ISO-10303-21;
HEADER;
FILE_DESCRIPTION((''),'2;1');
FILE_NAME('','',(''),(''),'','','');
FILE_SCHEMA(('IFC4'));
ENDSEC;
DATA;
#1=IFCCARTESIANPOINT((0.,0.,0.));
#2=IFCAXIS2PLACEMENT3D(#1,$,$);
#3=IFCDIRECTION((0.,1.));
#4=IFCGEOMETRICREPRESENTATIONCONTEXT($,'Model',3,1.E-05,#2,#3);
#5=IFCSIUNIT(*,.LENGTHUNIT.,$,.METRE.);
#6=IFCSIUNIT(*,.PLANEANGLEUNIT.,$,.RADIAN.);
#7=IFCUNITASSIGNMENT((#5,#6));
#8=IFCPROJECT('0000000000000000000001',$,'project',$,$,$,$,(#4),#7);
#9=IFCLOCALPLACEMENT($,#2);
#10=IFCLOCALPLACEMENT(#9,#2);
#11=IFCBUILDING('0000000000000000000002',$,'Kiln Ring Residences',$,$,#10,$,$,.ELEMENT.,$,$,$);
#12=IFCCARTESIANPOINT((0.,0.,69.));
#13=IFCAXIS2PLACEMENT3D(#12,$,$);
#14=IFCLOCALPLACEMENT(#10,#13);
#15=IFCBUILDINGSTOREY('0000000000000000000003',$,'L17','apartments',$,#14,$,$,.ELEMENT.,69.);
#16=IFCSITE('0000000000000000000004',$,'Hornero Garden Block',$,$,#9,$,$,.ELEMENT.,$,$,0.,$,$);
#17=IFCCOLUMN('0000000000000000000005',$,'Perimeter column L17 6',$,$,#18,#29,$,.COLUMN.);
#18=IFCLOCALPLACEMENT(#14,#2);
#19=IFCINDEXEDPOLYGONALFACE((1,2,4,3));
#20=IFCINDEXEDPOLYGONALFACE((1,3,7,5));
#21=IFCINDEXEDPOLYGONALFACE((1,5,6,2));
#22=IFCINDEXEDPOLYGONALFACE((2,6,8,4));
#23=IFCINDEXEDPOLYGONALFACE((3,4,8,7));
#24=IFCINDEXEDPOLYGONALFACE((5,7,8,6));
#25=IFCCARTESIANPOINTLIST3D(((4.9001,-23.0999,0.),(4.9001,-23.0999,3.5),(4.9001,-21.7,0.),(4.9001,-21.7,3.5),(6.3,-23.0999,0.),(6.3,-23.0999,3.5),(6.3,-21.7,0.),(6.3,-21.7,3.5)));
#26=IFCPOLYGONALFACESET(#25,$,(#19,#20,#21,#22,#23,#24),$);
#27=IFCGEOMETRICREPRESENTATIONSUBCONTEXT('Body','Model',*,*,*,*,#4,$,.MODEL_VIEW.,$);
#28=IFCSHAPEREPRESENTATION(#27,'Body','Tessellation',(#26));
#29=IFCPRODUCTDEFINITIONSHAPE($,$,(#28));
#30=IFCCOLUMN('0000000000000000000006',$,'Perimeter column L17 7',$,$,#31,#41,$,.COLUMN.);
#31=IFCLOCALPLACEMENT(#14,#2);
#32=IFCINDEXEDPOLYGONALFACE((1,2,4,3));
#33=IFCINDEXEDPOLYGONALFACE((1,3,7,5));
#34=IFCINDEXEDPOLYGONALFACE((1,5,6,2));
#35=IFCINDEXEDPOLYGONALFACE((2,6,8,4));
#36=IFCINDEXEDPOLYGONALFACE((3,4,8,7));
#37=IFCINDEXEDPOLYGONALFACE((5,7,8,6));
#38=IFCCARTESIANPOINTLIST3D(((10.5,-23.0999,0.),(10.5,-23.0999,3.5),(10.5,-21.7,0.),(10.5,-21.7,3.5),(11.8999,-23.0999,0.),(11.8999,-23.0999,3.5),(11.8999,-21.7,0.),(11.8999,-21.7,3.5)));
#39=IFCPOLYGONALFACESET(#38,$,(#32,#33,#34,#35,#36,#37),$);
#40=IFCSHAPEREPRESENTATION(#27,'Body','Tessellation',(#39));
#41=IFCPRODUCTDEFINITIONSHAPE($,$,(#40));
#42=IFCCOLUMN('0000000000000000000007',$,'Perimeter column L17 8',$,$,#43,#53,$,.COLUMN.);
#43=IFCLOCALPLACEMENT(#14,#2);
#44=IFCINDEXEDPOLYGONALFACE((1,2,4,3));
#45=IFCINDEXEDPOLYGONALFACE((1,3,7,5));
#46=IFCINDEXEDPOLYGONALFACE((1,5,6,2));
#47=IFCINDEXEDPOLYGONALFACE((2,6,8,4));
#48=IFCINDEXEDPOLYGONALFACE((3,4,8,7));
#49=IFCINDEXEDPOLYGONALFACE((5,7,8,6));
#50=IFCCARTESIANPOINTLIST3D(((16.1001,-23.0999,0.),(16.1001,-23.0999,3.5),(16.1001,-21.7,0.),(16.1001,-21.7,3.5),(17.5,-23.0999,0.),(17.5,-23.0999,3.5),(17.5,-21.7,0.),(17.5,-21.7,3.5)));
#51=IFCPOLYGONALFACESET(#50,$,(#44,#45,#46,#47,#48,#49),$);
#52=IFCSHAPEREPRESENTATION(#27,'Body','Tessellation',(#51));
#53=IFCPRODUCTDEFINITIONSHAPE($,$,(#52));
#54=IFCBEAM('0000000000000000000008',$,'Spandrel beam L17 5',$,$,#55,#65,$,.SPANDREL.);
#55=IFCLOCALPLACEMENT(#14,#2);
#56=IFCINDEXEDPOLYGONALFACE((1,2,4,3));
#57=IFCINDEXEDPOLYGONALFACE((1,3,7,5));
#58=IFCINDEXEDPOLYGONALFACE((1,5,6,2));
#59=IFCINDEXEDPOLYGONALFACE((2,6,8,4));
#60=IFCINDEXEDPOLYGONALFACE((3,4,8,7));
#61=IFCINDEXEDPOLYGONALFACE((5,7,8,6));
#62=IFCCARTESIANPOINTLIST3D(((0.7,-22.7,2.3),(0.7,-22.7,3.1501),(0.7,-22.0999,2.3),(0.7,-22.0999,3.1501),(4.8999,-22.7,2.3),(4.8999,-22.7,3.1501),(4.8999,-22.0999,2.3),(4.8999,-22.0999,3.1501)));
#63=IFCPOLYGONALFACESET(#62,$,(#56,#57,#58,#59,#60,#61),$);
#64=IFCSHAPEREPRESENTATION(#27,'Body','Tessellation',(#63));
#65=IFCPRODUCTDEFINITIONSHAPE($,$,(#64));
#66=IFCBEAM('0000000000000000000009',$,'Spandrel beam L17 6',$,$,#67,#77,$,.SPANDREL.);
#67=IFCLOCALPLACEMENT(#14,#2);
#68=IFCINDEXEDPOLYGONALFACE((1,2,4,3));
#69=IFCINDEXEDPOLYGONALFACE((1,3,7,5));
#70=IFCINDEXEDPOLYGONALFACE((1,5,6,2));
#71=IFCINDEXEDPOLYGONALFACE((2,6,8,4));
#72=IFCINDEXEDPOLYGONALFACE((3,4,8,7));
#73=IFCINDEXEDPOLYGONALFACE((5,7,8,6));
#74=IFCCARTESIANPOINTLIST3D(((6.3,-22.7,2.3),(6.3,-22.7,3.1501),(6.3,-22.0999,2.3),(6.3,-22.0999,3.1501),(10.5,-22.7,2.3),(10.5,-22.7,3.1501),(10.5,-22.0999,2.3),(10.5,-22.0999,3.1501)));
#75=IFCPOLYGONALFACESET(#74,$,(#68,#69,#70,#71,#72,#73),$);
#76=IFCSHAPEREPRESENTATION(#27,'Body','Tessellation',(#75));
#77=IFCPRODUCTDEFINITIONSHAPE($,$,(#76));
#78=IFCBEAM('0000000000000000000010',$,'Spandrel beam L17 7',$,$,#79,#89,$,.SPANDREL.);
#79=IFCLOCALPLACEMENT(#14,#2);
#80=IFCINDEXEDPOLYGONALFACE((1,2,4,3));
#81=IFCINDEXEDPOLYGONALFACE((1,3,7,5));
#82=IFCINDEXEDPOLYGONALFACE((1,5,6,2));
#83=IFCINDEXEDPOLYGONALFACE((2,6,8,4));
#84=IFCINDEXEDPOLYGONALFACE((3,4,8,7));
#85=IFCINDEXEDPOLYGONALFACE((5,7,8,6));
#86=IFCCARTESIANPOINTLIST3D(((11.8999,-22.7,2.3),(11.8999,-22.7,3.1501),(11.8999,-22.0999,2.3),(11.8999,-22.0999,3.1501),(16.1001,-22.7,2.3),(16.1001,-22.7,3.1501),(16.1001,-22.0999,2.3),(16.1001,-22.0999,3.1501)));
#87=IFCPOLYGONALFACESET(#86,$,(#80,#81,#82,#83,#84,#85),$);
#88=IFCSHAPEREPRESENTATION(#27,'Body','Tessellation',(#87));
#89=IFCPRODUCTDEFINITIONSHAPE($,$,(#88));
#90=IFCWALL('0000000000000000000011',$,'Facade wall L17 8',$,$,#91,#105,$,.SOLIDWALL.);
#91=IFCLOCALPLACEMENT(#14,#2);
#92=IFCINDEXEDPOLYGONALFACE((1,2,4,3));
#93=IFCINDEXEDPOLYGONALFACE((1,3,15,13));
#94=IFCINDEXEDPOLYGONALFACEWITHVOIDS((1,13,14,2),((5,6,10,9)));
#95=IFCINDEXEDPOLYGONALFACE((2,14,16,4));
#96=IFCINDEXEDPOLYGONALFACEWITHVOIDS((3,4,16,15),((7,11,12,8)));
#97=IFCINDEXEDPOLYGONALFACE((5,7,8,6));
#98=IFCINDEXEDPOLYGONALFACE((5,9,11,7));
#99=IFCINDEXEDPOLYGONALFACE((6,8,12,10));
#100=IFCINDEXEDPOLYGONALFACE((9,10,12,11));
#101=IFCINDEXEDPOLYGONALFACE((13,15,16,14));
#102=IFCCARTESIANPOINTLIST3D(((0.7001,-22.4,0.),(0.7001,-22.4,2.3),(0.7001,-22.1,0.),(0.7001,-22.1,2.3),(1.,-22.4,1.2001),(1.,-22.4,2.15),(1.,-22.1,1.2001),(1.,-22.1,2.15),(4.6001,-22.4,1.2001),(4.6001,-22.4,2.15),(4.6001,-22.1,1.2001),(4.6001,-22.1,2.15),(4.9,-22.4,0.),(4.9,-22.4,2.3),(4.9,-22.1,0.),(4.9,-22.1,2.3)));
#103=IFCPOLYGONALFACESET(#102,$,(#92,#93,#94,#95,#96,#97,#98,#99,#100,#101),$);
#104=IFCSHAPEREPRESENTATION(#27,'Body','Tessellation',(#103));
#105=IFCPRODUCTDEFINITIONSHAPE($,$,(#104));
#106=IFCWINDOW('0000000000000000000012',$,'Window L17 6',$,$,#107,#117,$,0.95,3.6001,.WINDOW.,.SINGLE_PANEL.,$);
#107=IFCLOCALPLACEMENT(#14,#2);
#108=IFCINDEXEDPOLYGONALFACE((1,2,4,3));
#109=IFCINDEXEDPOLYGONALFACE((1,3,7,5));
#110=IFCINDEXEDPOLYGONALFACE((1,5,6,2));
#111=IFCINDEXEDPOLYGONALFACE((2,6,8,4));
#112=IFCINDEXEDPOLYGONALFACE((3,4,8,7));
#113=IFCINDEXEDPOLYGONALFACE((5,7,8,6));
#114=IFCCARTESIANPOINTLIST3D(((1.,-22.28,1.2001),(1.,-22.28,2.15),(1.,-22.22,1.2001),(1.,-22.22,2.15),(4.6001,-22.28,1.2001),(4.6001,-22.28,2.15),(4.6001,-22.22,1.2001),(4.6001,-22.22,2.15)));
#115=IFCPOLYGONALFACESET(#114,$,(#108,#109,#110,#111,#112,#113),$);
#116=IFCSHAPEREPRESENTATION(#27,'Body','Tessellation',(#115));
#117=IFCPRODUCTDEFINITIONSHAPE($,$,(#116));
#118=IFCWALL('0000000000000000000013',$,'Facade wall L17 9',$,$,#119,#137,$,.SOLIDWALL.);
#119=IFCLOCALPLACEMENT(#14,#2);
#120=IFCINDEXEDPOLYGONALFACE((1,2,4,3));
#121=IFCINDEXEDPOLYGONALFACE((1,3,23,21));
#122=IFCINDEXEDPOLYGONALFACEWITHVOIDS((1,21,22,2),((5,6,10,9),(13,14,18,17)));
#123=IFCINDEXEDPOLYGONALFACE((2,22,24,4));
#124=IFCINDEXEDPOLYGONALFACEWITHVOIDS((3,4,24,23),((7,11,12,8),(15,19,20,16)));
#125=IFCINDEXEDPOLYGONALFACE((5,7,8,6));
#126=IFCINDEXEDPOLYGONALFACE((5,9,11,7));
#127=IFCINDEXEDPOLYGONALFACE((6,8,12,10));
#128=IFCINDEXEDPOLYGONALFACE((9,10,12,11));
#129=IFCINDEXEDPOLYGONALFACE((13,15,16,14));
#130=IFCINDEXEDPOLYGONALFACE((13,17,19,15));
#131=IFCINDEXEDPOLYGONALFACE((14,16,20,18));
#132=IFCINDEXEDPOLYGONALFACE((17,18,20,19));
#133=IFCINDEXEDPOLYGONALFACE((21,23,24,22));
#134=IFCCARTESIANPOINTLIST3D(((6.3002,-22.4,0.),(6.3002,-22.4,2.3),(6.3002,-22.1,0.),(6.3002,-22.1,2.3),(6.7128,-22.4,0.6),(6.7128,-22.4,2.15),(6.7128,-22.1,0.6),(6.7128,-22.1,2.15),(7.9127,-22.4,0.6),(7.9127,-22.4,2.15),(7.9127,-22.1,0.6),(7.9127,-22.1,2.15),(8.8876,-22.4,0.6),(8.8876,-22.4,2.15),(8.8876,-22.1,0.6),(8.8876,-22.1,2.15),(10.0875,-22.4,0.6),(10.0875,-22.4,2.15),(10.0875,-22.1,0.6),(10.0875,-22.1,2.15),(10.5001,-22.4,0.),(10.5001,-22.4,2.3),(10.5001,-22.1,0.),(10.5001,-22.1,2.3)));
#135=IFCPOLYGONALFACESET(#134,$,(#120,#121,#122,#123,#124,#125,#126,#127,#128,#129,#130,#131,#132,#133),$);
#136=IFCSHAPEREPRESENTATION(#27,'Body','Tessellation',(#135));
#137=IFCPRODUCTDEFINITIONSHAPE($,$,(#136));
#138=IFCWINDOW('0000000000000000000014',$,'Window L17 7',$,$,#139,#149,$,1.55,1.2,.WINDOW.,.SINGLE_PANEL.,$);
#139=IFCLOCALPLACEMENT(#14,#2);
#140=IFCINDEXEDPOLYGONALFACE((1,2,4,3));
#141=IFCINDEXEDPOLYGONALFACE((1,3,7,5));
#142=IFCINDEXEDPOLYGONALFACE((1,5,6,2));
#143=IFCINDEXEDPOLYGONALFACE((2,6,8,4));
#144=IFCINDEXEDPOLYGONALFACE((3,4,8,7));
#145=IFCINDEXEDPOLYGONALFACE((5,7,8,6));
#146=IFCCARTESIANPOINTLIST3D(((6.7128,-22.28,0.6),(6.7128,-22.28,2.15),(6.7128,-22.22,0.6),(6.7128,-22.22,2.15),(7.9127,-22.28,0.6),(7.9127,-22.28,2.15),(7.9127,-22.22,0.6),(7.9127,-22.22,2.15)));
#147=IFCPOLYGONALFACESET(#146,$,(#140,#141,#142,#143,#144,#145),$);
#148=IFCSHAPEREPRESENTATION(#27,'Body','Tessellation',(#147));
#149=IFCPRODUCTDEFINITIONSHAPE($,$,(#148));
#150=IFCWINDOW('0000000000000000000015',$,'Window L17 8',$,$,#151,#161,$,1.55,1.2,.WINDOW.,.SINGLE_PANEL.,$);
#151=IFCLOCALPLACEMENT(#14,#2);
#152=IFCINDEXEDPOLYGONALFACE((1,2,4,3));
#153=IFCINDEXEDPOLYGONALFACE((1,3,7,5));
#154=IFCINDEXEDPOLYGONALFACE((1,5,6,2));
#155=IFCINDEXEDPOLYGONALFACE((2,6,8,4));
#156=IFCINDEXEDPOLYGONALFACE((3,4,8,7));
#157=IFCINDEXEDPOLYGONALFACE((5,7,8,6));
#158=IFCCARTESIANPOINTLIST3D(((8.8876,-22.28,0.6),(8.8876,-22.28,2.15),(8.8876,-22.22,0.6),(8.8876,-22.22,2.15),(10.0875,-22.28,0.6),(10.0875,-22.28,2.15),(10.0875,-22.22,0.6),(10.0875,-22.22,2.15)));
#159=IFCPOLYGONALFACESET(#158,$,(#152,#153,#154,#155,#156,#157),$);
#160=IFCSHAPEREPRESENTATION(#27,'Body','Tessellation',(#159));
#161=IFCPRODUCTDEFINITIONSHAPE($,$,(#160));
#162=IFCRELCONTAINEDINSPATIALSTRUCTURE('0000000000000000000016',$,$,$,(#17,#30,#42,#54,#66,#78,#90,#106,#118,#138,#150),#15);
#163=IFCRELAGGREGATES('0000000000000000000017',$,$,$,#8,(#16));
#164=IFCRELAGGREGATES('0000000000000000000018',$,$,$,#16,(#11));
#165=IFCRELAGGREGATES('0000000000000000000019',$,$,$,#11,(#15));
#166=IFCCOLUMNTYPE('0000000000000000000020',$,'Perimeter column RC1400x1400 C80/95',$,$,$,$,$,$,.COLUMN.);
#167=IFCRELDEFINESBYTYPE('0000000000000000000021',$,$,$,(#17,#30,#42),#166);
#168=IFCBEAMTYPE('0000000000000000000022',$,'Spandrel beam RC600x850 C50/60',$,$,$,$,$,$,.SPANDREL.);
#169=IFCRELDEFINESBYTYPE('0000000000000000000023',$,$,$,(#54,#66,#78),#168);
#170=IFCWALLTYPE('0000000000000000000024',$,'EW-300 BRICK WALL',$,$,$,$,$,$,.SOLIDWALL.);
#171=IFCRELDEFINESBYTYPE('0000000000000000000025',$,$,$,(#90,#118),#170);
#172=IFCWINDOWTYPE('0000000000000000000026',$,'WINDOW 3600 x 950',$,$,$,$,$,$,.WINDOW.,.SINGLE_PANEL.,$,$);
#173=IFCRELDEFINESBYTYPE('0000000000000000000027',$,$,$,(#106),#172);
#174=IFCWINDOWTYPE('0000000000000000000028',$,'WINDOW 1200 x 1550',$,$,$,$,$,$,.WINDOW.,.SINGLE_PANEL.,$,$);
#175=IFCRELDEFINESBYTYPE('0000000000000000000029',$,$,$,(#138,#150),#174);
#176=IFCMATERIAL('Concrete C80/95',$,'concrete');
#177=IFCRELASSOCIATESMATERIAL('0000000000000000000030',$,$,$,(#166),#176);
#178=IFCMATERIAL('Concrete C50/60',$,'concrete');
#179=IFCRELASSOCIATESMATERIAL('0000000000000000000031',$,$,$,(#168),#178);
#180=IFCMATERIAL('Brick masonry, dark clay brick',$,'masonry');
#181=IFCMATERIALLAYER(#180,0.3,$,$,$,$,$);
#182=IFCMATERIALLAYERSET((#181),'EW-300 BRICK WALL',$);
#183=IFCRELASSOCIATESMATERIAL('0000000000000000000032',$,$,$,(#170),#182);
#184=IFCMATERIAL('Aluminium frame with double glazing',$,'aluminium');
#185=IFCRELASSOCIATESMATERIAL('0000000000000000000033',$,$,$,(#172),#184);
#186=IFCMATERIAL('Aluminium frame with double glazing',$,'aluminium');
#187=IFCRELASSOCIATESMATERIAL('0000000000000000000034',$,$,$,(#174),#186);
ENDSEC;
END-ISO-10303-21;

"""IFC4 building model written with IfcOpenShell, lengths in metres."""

from ifc_helpers import new_model, si_unit, direction, frame, frame_2d, origin, origin_2d, place, context, subcontext, project, spatial, rectangle, extrude, material, layer, layer_set, material_profile, profile_set, type_object, element, fill, save


model = new_model("IFC4")

# Units and contexts
model_context = context("Model", 3, precision=1e-05, world=origin(), true_north=direction((0.0, 1.0)))
body_context = subcontext(model_context, "Body", "Model", "MODEL_VIEW")
ifc_project = project(units=[si_unit("LENGTHUNIT", "METRE"), si_unit("PLANEANGLEUNIT", "RADIAN")], contexts=[model_context])

# Site, building, storey
site_placement = place(None, origin())
site = spatial("IfcSite", under=ifc_project, at=site_placement, Name="Hornero Garden Block", CompositionType="ELEMENT", RefElevation=0.0)
building_placement = place(site_placement, origin())
building = spatial("IfcBuilding", under=site, at=building_placement, Name="Kiln Ring Residences", CompositionType="ELEMENT")
storey_placement = place(building_placement, frame((0.0, 0.0, 69.0)))
storey = spatial("IfcBuildingStorey", under=building, at=storey_placement, Name="L17", Description="apartments", CompositionType="ELEMENT", Elevation=69.0)

# Columns
ifc_material_1 = material(Name="Concrete C80/95", Category="concrete")
ifc_material_profile_1 = material_profile(ifc_material_1, rectangle(XDim=1.3999, YDim=1.3999, at=origin_2d()), Name="RC1400x1400")
ifc_profile_set_1 = profile_set([ifc_material_profile_1], Name="Concrete C80/95")
column_type = type_object("IfcColumnType", Name="Perimeter column RC1400x1400 C80/95", PredefinedType="COLUMN", material=ifc_profile_set_1)
for number, where, z_axis, x_axis, name in (
    (1, (5.6001, -22.3999, 0.0), (0.0, 0.0, 1.0), (1.0, 0.0, 0.0), "Perimeter column L17 6"),
    (2, (11.2, -22.3999, 0.0), (0.0, 0.0, 1.0), (1.0, 0.0, 0.0), "Perimeter column L17 7"),
    (3, (16.8, -22.3999, 0.0), (0.0, 0.0, 1.0), (1.0, 0.0, 0.0), "Perimeter column L17 8"),
):
    element("IfcColumn", number, at=place(storey_placement, frame(where, z_axis=z_axis, x_axis=x_axis)), inside=storey, type_object=column_type, Name=name, PredefinedType="COLUMN", context=body_context, shape_type="SweptSolid", body=[
        extrude(rectangle(XDim=1.3999, YDim=1.3999, at=origin_2d()), origin(), (0.0, 0.0, 1.0), 3.5),
    ])

# Beams
ifc_material_2 = material(Name="Concrete C50/60", Category="concrete")
ifc_material_profile_2 = material_profile(ifc_material_2, rectangle(XDim=0.6001, YDim=0.8501, at=origin_2d()), Name="RC600x850")
ifc_profile_set_2 = profile_set([ifc_material_profile_2], Name="Concrete C50/60")
beam_type = type_object("IfcBeamType", Name="Spandrel beam RC600x850 C50/60", PredefinedType="SPANDREL", material=ifc_profile_set_2)
for number, where, z_axis, x_axis, name in (
    (4, (0.7, -22.3999, 2.7251), (1.0, 0.0, 0.0), (0.0, 1.0, 0.0), "Spandrel beam L17 5"),
    (5, (6.3, -22.3999, 2.7251), (1.0, 0.0, 0.0), (0.0, 1.0, 0.0), "Spandrel beam L17 6"),
):
    element("IfcBeam", number, at=place(storey_placement, frame(where, z_axis=z_axis, x_axis=x_axis)), inside=storey, type_object=beam_type, Name=name, PredefinedType="SPANDREL", context=body_context, shape_type="SweptSolid", body=[
        extrude(rectangle(XDim=0.6001, YDim=0.8501, at=origin_2d()), origin(), (0.0, 0.0, 1.0), 4.2),
    ])
beam_placement = place(storey_placement, frame((11.8999, -22.3999, 2.7251), z_axis=(1.0, 0.0, 0.0), x_axis=(0.0, 1.0, 0.0)))
element("IfcBeam", 6, at=beam_placement, inside=storey, type_object=beam_type, Name="Spandrel beam L17 7", PredefinedType="SPANDREL", context=body_context, shape_type="SweptSolid", body=[
    extrude(rectangle(XDim=0.6001, YDim=0.8501, at=origin_2d()), origin(), (0.0, 0.0, 1.0), 4.2002),
])

# Wall, opening, window
ifc_material_3 = material(Name="Brick masonry, dark clay brick", Category="masonry")
ifc_layer_1 = layer(ifc_material_3, 0.3)
ifc_layer_set_1 = layer_set([ifc_layer_1], Name="EW-300 BRICK WALL")
wall_type_1 = type_object("IfcWallType", Name="EW-300 BRICK WALL", PredefinedType="SOLIDWALL", material=ifc_layer_set_1)
wall_1_placement = place(storey_placement, frame((0.7, -22.25, 0.0), z_axis=(0.0, 0.0, 1.0), x_axis=(1.0, 0.0, 0.0)))
wall_1 = element("IfcWall", 7, at=wall_1_placement, inside=storey, type_object=wall_type_1, Name="Facade wall L17 8", PredefinedType="SOLIDWALL", context=body_context, shape_type="SweptSolid", body=[
    extrude(rectangle(XDim=4.2, YDim=0.3, at=frame_2d((2.1001, 0.0))), origin(), (0.0, 0.0, 1.0), 2.3),
])
opening_1_placement = place(wall_1_placement, frame((0.3, 0.0, 1.2)))
opening_1 = element("IfcOpeningElement", 8, at=opening_1_placement, cuts=wall_1, PredefinedType="OPENING", context=body_context, shape_type="SweptSolid", body=[
    extrude(rectangle(XDim=3.6001, YDim=0.95, at=frame_2d((1.8, 0.4751))), frame((0.0, 0.1599, 0.0), z_axis=(0.0, -1.0, 0.0), x_axis=(1.0, 0.0, 0.0)), (0.0, 0.0, 1.0), 0.3201),
])
ifc_material_4 = material(Name="Aluminium frame with double glazing", Category="aluminium")
window_type_1 = type_object("IfcWindowType", Name="WINDOW 3600 x 950", PartitioningType="SINGLE_PANEL", PredefinedType="WINDOW", material=ifc_material_4)
window_1_placement = place(opening_1_placement, origin())
window_1 = element("IfcWindow", 9, at=window_1_placement, inside=storey, type_object=window_type_1, Name="Window L17 6", OverallHeight=0.95, OverallWidth=3.6001, PartitioningType="SINGLE_PANEL", PredefinedType="WINDOW", context=body_context, shape_type="SweptSolid", body=[
    extrude(rectangle(XDim=3.6001, YDim=0.95, at=frame_2d((1.8, 0.4751))), frame((0.0, 0.03, 0.0), z_axis=(0.0, -1.0, 0.0), x_axis=(1.0, 0.0, 0.0)), (0.0, 0.0, 1.0), 0.0601),
])
fill(opening_1, window_1)

# Wall, openings, windows
wall_2_placement = place(storey_placement, frame((6.3, -22.25, 0.0), z_axis=(0.0, 0.0, 1.0), x_axis=(1.0, 0.0, 0.0)))
wall_2 = element("IfcWall", 10, at=wall_2_placement, inside=storey, type_object=wall_type_1, Name="Facade wall L17 9", PredefinedType="SOLIDWALL", context=body_context, shape_type="SweptSolid", body=[
    extrude(rectangle(XDim=4.2, YDim=0.3, at=frame_2d((2.1001, 0.0))), origin(), (0.0, 0.0, 1.0), 2.3),
])
opening_2_placement = place(wall_2_placement, frame((0.4126, 0.0, 0.6001)))
opening_2 = element("IfcOpeningElement", 11, at=opening_2_placement, cuts=wall_2, PredefinedType="OPENING", context=body_context, shape_type="SweptSolid", body=[
    extrude(rectangle(XDim=1.2, YDim=1.55, at=frame_2d((0.6001, 0.7749))), frame((0.0, 0.1599, 0.0), z_axis=(0.0, -1.0, 0.0), x_axis=(1.0, 0.0, 0.0)), (0.0, 0.0, 1.0), 0.3201),
])
opening_3_placement = place(wall_2_placement, frame((2.5874, 0.0, 0.6001)))
opening_3 = element("IfcOpeningElement", 12, at=opening_3_placement, cuts=wall_2, PredefinedType="OPENING", context=body_context, shape_type="SweptSolid", body=[
    extrude(rectangle(XDim=1.2, YDim=1.55, at=frame_2d((0.6001, 0.7749))), frame((0.0, 0.1599, 0.0), z_axis=(0.0, -1.0, 0.0), x_axis=(1.0, 0.0, 0.0)), (0.0, 0.0, 1.0), 0.3201),
])
ifc_material_5 = material(Name="Aluminium frame with double glazing", Category="aluminium")
window_type_2 = type_object("IfcWindowType", Name="WINDOW 1200 x 1550", PartitioningType="SINGLE_PANEL", PredefinedType="WINDOW", material=ifc_material_5)
window_2_placement = place(opening_2_placement, origin())
window_2 = element("IfcWindow", 13, at=window_2_placement, inside=storey, type_object=window_type_2, Name="Window L17 7", OverallHeight=1.55, OverallWidth=1.2, PartitioningType="SINGLE_PANEL", PredefinedType="WINDOW", context=body_context, shape_type="SweptSolid", body=[
    extrude(rectangle(XDim=1.2, YDim=1.55, at=frame_2d((0.6001, 0.7749))), frame((0.0, 0.03, 0.0), z_axis=(0.0, -1.0, 0.0), x_axis=(1.0, 0.0, 0.0)), (0.0, 0.0, 1.0), 0.0601),
])
fill(opening_2, window_2)
window_3_placement = place(opening_3_placement, origin())
window_3 = element("IfcWindow", 14, at=window_3_placement, inside=storey, type_object=window_type_2, Name="Window L17 8", OverallHeight=1.55, OverallWidth=1.2, PartitioningType="SINGLE_PANEL", PredefinedType="WINDOW", context=body_context, shape_type="SweptSolid", body=[
    extrude(rectangle(XDim=1.2, YDim=1.55, at=frame_2d((0.6001, 0.7749))), frame((0.0, 0.03, 0.0), z_axis=(0.0, -1.0, 0.0), x_axis=(1.0, 0.0, 0.0)), (0.0, 0.0, 1.0), 0.0601),
])
fill(opening_3, window_3)

save(model, "model.ifc")
